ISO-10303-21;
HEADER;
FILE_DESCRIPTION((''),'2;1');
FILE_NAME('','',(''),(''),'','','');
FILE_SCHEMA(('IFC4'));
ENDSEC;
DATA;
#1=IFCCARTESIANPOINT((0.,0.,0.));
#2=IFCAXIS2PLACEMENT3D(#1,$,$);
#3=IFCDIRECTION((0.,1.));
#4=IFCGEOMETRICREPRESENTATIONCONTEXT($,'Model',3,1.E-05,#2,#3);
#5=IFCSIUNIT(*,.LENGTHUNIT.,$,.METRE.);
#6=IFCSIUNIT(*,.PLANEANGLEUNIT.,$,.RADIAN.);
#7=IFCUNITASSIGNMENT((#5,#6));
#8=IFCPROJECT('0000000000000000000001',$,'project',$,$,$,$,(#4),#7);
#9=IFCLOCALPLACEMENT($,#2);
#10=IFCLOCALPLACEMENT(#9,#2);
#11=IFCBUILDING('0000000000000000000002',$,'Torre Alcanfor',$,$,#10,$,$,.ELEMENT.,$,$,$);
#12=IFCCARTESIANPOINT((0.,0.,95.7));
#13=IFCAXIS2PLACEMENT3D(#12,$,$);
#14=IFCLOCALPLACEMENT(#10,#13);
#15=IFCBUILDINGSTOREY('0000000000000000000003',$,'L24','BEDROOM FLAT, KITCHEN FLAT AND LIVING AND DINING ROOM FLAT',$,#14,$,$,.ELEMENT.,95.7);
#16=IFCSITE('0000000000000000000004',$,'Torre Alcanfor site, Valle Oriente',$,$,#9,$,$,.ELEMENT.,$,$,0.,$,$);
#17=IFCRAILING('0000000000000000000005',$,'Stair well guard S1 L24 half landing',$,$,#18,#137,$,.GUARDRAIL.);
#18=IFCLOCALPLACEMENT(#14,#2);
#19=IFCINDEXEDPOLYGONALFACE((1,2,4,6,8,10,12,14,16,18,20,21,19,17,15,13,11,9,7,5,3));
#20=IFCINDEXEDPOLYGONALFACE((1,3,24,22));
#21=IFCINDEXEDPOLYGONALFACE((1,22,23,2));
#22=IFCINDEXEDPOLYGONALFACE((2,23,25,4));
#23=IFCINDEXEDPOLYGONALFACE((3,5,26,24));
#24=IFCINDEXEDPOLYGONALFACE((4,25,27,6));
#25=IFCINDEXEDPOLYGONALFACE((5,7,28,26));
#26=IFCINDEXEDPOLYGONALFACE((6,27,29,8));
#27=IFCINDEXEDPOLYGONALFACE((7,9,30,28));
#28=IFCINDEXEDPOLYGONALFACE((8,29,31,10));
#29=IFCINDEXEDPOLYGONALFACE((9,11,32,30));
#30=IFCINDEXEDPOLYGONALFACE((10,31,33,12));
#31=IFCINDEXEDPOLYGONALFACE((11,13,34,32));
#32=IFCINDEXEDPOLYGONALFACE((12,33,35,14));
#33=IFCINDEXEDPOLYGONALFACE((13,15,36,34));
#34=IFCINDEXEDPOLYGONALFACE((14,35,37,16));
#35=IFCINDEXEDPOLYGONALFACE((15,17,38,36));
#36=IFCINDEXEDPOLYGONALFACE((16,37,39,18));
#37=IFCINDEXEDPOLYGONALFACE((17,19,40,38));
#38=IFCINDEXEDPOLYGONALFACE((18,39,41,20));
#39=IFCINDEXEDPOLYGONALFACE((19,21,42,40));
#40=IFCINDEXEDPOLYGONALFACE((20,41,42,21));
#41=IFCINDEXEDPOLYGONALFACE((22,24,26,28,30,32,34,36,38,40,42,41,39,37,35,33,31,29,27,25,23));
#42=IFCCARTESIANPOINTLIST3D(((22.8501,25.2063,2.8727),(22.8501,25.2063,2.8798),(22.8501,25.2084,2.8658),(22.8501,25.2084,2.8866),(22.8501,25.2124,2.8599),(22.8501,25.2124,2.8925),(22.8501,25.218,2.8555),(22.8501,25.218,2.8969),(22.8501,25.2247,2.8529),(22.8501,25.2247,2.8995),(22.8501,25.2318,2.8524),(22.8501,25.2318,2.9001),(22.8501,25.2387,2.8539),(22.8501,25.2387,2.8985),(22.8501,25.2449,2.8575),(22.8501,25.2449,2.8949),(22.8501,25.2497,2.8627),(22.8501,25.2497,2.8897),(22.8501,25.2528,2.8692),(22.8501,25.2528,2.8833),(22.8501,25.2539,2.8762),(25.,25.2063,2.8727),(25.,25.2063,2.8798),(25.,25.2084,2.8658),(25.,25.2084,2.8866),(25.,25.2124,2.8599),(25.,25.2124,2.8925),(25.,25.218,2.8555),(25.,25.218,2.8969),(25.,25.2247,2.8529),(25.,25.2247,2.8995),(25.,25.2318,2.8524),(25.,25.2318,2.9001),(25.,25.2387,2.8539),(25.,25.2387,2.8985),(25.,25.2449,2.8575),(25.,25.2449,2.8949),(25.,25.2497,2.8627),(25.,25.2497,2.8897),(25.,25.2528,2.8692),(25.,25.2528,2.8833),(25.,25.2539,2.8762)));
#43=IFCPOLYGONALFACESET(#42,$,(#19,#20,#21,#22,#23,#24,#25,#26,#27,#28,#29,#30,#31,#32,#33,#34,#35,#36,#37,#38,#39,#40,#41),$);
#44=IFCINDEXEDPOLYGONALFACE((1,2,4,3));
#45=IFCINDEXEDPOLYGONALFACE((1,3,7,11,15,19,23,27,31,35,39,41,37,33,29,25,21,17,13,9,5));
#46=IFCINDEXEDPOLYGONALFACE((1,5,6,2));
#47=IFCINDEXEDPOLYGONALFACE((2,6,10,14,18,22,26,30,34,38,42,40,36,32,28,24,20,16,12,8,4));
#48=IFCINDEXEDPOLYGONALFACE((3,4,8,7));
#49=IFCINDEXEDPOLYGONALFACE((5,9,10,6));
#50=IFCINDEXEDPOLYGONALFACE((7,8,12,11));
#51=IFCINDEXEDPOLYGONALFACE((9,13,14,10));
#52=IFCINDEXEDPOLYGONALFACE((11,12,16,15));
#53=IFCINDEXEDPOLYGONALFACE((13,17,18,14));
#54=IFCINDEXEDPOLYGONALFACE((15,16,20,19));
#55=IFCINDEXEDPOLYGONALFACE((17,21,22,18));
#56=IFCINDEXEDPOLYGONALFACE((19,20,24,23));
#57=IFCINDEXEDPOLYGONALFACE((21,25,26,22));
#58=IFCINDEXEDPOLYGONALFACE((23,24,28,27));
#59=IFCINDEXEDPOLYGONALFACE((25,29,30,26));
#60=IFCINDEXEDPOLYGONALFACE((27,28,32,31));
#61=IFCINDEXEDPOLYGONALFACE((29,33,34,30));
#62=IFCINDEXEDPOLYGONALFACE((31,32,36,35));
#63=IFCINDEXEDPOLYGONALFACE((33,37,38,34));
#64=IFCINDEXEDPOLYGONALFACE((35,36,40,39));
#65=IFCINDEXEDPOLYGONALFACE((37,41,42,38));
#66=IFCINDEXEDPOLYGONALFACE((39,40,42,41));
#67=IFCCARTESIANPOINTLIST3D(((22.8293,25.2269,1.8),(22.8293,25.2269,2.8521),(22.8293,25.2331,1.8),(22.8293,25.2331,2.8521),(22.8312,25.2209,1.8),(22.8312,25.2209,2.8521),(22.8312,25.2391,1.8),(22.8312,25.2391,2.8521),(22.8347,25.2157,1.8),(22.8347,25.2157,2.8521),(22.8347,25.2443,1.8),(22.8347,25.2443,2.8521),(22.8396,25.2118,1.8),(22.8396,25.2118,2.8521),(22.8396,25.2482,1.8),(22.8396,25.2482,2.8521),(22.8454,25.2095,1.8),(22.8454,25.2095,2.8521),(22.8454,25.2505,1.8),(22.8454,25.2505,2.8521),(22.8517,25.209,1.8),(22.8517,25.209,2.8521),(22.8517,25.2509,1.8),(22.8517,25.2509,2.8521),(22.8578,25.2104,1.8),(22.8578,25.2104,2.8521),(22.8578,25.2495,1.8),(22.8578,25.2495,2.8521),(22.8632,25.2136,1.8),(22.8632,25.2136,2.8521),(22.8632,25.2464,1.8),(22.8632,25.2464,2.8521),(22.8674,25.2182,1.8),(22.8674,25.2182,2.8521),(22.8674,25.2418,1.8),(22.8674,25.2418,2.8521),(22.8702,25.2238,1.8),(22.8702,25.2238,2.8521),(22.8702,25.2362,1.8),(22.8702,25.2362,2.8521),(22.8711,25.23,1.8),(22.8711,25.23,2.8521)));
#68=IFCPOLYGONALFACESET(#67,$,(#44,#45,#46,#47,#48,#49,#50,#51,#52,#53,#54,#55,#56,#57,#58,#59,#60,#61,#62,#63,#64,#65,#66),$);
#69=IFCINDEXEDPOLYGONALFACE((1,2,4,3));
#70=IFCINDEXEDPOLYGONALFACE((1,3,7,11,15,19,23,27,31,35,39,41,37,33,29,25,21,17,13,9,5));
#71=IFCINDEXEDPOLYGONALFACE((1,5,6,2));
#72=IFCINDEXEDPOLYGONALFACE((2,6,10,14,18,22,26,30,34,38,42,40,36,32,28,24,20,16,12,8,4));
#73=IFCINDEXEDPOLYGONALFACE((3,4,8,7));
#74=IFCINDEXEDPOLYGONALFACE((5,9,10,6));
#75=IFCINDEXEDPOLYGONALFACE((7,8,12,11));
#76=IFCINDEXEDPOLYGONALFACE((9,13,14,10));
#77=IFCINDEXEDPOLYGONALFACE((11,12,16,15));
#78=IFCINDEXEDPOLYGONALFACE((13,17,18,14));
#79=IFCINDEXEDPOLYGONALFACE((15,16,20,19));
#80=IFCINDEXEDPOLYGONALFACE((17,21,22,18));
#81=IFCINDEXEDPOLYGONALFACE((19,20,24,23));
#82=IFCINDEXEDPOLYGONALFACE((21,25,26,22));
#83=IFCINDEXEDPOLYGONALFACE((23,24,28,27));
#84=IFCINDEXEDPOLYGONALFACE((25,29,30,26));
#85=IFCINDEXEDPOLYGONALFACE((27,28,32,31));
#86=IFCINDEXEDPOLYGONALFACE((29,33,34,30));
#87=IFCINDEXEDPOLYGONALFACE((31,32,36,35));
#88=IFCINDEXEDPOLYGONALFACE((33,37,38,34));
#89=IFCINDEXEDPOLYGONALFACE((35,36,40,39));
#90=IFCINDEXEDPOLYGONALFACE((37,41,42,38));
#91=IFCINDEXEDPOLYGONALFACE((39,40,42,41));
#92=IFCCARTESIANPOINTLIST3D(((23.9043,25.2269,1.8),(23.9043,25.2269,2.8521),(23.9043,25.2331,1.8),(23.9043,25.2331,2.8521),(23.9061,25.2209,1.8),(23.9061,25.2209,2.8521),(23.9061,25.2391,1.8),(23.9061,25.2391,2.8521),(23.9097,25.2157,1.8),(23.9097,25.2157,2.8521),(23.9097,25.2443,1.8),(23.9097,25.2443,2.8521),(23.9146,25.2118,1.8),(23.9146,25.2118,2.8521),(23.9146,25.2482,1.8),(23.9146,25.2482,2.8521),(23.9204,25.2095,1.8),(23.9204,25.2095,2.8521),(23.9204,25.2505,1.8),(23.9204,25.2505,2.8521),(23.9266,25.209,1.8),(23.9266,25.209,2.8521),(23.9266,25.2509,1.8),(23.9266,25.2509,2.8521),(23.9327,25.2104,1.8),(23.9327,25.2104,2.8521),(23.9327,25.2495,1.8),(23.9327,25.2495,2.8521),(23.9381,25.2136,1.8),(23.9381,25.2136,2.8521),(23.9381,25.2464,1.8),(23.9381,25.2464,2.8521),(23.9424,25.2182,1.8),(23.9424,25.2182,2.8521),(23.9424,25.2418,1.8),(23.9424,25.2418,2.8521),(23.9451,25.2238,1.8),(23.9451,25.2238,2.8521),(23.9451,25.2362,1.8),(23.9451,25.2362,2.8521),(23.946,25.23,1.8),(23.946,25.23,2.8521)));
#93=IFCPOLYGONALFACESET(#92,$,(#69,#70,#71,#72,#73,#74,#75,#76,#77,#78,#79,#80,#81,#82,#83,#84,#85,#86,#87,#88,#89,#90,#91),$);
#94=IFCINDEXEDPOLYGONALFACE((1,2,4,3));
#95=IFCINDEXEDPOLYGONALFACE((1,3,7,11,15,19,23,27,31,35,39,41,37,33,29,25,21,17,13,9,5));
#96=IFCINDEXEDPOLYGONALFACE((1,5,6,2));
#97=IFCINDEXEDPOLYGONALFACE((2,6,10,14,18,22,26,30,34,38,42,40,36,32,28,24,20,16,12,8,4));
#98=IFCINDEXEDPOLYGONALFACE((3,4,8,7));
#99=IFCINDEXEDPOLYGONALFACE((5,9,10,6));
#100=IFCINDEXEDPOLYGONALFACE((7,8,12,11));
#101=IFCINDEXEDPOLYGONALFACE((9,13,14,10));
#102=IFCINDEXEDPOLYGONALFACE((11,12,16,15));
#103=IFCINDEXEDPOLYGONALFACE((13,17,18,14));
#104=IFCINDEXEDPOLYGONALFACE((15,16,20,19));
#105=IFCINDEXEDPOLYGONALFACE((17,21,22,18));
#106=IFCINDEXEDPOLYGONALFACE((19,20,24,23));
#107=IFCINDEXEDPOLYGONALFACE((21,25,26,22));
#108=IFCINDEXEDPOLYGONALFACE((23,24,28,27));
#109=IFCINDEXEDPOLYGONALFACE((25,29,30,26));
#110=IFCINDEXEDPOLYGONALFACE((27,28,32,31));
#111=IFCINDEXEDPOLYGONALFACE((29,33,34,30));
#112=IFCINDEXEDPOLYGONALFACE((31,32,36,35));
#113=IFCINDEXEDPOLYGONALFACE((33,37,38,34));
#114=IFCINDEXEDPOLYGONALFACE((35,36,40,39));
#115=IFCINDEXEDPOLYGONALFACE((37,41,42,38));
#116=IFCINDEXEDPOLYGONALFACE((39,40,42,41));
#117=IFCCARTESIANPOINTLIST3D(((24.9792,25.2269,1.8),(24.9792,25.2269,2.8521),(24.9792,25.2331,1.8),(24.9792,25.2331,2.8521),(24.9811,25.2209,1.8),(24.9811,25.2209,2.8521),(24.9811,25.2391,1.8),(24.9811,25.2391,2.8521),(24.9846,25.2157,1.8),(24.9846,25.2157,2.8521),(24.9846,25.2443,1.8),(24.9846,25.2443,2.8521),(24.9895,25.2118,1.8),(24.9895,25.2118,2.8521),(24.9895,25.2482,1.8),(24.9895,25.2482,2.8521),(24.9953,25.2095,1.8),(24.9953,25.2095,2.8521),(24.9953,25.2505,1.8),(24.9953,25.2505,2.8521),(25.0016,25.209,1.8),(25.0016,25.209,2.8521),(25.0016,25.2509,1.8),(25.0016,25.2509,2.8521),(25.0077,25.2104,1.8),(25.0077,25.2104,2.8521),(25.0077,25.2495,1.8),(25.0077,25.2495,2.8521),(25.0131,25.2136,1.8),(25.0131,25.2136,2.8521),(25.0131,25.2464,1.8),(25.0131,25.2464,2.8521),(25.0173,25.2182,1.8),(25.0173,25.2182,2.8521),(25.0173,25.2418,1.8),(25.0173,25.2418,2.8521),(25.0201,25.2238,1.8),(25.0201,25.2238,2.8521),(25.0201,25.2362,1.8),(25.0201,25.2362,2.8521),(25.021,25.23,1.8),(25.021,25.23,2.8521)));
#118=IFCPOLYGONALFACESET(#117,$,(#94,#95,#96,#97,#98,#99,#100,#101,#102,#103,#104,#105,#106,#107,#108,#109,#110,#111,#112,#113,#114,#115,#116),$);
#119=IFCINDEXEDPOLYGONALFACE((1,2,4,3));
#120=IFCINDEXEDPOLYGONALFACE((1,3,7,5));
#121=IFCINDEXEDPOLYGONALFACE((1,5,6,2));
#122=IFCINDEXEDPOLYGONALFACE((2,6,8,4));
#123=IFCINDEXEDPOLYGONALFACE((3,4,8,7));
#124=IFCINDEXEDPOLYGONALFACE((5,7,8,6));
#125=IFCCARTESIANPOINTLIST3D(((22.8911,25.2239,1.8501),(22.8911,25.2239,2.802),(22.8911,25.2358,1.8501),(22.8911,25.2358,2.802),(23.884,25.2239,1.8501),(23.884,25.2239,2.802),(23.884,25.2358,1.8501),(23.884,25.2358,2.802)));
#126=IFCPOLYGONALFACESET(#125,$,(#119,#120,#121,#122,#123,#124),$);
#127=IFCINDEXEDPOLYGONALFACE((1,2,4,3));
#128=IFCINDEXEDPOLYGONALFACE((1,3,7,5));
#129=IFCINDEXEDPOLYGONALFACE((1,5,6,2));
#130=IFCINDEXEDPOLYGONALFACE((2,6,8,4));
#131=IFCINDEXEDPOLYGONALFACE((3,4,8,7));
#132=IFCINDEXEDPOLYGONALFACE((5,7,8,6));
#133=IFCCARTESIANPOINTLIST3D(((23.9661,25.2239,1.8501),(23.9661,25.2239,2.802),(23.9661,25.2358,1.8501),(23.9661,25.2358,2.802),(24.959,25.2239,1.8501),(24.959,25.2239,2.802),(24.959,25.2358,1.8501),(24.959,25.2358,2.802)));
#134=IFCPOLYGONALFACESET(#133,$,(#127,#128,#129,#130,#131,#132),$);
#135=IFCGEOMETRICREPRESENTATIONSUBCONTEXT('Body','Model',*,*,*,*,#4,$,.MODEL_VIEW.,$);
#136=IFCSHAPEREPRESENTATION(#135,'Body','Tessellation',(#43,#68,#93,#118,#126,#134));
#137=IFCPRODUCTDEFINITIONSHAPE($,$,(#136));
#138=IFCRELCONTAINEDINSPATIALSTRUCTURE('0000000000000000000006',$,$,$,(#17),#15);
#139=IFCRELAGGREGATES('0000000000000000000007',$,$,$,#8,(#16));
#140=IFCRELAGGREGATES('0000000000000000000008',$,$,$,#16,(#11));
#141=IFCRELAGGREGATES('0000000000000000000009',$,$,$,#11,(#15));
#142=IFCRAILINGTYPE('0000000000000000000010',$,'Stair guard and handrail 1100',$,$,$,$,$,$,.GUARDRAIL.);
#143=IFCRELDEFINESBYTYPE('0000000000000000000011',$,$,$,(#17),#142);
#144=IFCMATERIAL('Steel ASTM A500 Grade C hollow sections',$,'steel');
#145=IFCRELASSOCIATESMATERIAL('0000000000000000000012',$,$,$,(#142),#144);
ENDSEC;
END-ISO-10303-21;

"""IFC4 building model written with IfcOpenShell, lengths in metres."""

from ifc_helpers import new_model, si_unit, direction, frame, origin, origin_2d, place, context, subcontext, project, spatial, polyline, circle, outline, extrude, material, type_object, element, save


model = new_model("IFC4")

# Units and contexts
model_context = context("Model", 3, precision=1e-05, world=origin(), true_north=direction((0.0, 1.0)))
body_context = subcontext(model_context, "Body", "Model", "MODEL_VIEW")
ifc_project = project(units=[si_unit("LENGTHUNIT", "METRE"), si_unit("PLANEANGLEUNIT", "RADIAN")], contexts=[model_context])

# Site, building, storey
site_placement = place(None, origin())
site = spatial("IfcSite", under=ifc_project, at=site_placement, Name="Torre Alcanfor site, Valle Oriente", CompositionType="ELEMENT", RefElevation=0.0)
building_placement = place(site_placement, origin())
building = spatial("IfcBuilding", under=site, at=building_placement, Name="Torre Alcanfor", CompositionType="ELEMENT")
storey_placement = place(building_placement, frame((0.0, 0.0, 95.7)))
storey = spatial("IfcBuildingStorey", under=building, at=storey_placement, Name="L24", Description="BEDROOM FLAT, KITCHEN FLAT AND LIVING AND DINING ROOM FLAT", CompositionType="ELEMENT", Elevation=95.7)

# Railing
ifc_material_1 = material(Name="Steel ASTM A500 Grade C hollow sections", Category="steel")
railing_type_1 = type_object("IfcRailingType", Name="Stair guard and handrail 1100", PredefinedType="GUARDRAIL", material=ifc_material_1)
railing_1_placement = place(storey_placement, frame((22.8501, 25.23, 1.8)))
element("IfcRailing", 1, at=railing_1_placement, inside=storey, type_object=railing_type_1, Name="Stair well guard S1 L24 half landing", PredefinedType="GUARDRAIL", context=body_context, shape_type="SweptSolid", body=[
    extrude(circle(Radius=0.0239, at=origin_2d()), frame((0.0, 0.0, 1.0762), z_axis=(1.0, 0.0, 0.0), x_axis=(0.0, 1.0, 0.0)), (0.0, 0.0, 1.0), 2.1499),
    extrude(circle(Radius=0.021, at=origin_2d()), origin(), (0.0, 0.0, 1.0), 1.052),
    extrude(circle(Radius=0.021, at=origin_2d()), frame((1.075, 0.0, 0.0)), (0.0, 0.0, 1.0), 1.052),
    extrude(circle(Radius=0.021, at=origin_2d()), frame((2.1499, 0.0, 0.0)), (0.0, 0.0, 1.0), 1.052),
    extrude(outline(polyline([(0.041, 0.05), (1.0339, 0.05), (1.0339, 1.002), (0.041, 1.002), (0.041, 0.05)])), frame((0.0, 0.0059, 0.0), z_axis=(0.0, -1.0, 0.0), x_axis=(1.0, 0.0, 0.0)), (0.0, 0.0, 1.0), 0.012),
    extrude(outline(polyline([(1.116, 0.05), (2.1089, 0.05), (2.1089, 1.002), (1.116, 1.002), (1.116, 0.05)])), frame((0.0, 0.0059, 0.0), z_axis=(0.0, -1.0, 0.0), x_axis=(1.0, 0.0, 0.0)), (0.0, 0.0, 1.0), 0.012),
])

save(model, "model.ifc")
